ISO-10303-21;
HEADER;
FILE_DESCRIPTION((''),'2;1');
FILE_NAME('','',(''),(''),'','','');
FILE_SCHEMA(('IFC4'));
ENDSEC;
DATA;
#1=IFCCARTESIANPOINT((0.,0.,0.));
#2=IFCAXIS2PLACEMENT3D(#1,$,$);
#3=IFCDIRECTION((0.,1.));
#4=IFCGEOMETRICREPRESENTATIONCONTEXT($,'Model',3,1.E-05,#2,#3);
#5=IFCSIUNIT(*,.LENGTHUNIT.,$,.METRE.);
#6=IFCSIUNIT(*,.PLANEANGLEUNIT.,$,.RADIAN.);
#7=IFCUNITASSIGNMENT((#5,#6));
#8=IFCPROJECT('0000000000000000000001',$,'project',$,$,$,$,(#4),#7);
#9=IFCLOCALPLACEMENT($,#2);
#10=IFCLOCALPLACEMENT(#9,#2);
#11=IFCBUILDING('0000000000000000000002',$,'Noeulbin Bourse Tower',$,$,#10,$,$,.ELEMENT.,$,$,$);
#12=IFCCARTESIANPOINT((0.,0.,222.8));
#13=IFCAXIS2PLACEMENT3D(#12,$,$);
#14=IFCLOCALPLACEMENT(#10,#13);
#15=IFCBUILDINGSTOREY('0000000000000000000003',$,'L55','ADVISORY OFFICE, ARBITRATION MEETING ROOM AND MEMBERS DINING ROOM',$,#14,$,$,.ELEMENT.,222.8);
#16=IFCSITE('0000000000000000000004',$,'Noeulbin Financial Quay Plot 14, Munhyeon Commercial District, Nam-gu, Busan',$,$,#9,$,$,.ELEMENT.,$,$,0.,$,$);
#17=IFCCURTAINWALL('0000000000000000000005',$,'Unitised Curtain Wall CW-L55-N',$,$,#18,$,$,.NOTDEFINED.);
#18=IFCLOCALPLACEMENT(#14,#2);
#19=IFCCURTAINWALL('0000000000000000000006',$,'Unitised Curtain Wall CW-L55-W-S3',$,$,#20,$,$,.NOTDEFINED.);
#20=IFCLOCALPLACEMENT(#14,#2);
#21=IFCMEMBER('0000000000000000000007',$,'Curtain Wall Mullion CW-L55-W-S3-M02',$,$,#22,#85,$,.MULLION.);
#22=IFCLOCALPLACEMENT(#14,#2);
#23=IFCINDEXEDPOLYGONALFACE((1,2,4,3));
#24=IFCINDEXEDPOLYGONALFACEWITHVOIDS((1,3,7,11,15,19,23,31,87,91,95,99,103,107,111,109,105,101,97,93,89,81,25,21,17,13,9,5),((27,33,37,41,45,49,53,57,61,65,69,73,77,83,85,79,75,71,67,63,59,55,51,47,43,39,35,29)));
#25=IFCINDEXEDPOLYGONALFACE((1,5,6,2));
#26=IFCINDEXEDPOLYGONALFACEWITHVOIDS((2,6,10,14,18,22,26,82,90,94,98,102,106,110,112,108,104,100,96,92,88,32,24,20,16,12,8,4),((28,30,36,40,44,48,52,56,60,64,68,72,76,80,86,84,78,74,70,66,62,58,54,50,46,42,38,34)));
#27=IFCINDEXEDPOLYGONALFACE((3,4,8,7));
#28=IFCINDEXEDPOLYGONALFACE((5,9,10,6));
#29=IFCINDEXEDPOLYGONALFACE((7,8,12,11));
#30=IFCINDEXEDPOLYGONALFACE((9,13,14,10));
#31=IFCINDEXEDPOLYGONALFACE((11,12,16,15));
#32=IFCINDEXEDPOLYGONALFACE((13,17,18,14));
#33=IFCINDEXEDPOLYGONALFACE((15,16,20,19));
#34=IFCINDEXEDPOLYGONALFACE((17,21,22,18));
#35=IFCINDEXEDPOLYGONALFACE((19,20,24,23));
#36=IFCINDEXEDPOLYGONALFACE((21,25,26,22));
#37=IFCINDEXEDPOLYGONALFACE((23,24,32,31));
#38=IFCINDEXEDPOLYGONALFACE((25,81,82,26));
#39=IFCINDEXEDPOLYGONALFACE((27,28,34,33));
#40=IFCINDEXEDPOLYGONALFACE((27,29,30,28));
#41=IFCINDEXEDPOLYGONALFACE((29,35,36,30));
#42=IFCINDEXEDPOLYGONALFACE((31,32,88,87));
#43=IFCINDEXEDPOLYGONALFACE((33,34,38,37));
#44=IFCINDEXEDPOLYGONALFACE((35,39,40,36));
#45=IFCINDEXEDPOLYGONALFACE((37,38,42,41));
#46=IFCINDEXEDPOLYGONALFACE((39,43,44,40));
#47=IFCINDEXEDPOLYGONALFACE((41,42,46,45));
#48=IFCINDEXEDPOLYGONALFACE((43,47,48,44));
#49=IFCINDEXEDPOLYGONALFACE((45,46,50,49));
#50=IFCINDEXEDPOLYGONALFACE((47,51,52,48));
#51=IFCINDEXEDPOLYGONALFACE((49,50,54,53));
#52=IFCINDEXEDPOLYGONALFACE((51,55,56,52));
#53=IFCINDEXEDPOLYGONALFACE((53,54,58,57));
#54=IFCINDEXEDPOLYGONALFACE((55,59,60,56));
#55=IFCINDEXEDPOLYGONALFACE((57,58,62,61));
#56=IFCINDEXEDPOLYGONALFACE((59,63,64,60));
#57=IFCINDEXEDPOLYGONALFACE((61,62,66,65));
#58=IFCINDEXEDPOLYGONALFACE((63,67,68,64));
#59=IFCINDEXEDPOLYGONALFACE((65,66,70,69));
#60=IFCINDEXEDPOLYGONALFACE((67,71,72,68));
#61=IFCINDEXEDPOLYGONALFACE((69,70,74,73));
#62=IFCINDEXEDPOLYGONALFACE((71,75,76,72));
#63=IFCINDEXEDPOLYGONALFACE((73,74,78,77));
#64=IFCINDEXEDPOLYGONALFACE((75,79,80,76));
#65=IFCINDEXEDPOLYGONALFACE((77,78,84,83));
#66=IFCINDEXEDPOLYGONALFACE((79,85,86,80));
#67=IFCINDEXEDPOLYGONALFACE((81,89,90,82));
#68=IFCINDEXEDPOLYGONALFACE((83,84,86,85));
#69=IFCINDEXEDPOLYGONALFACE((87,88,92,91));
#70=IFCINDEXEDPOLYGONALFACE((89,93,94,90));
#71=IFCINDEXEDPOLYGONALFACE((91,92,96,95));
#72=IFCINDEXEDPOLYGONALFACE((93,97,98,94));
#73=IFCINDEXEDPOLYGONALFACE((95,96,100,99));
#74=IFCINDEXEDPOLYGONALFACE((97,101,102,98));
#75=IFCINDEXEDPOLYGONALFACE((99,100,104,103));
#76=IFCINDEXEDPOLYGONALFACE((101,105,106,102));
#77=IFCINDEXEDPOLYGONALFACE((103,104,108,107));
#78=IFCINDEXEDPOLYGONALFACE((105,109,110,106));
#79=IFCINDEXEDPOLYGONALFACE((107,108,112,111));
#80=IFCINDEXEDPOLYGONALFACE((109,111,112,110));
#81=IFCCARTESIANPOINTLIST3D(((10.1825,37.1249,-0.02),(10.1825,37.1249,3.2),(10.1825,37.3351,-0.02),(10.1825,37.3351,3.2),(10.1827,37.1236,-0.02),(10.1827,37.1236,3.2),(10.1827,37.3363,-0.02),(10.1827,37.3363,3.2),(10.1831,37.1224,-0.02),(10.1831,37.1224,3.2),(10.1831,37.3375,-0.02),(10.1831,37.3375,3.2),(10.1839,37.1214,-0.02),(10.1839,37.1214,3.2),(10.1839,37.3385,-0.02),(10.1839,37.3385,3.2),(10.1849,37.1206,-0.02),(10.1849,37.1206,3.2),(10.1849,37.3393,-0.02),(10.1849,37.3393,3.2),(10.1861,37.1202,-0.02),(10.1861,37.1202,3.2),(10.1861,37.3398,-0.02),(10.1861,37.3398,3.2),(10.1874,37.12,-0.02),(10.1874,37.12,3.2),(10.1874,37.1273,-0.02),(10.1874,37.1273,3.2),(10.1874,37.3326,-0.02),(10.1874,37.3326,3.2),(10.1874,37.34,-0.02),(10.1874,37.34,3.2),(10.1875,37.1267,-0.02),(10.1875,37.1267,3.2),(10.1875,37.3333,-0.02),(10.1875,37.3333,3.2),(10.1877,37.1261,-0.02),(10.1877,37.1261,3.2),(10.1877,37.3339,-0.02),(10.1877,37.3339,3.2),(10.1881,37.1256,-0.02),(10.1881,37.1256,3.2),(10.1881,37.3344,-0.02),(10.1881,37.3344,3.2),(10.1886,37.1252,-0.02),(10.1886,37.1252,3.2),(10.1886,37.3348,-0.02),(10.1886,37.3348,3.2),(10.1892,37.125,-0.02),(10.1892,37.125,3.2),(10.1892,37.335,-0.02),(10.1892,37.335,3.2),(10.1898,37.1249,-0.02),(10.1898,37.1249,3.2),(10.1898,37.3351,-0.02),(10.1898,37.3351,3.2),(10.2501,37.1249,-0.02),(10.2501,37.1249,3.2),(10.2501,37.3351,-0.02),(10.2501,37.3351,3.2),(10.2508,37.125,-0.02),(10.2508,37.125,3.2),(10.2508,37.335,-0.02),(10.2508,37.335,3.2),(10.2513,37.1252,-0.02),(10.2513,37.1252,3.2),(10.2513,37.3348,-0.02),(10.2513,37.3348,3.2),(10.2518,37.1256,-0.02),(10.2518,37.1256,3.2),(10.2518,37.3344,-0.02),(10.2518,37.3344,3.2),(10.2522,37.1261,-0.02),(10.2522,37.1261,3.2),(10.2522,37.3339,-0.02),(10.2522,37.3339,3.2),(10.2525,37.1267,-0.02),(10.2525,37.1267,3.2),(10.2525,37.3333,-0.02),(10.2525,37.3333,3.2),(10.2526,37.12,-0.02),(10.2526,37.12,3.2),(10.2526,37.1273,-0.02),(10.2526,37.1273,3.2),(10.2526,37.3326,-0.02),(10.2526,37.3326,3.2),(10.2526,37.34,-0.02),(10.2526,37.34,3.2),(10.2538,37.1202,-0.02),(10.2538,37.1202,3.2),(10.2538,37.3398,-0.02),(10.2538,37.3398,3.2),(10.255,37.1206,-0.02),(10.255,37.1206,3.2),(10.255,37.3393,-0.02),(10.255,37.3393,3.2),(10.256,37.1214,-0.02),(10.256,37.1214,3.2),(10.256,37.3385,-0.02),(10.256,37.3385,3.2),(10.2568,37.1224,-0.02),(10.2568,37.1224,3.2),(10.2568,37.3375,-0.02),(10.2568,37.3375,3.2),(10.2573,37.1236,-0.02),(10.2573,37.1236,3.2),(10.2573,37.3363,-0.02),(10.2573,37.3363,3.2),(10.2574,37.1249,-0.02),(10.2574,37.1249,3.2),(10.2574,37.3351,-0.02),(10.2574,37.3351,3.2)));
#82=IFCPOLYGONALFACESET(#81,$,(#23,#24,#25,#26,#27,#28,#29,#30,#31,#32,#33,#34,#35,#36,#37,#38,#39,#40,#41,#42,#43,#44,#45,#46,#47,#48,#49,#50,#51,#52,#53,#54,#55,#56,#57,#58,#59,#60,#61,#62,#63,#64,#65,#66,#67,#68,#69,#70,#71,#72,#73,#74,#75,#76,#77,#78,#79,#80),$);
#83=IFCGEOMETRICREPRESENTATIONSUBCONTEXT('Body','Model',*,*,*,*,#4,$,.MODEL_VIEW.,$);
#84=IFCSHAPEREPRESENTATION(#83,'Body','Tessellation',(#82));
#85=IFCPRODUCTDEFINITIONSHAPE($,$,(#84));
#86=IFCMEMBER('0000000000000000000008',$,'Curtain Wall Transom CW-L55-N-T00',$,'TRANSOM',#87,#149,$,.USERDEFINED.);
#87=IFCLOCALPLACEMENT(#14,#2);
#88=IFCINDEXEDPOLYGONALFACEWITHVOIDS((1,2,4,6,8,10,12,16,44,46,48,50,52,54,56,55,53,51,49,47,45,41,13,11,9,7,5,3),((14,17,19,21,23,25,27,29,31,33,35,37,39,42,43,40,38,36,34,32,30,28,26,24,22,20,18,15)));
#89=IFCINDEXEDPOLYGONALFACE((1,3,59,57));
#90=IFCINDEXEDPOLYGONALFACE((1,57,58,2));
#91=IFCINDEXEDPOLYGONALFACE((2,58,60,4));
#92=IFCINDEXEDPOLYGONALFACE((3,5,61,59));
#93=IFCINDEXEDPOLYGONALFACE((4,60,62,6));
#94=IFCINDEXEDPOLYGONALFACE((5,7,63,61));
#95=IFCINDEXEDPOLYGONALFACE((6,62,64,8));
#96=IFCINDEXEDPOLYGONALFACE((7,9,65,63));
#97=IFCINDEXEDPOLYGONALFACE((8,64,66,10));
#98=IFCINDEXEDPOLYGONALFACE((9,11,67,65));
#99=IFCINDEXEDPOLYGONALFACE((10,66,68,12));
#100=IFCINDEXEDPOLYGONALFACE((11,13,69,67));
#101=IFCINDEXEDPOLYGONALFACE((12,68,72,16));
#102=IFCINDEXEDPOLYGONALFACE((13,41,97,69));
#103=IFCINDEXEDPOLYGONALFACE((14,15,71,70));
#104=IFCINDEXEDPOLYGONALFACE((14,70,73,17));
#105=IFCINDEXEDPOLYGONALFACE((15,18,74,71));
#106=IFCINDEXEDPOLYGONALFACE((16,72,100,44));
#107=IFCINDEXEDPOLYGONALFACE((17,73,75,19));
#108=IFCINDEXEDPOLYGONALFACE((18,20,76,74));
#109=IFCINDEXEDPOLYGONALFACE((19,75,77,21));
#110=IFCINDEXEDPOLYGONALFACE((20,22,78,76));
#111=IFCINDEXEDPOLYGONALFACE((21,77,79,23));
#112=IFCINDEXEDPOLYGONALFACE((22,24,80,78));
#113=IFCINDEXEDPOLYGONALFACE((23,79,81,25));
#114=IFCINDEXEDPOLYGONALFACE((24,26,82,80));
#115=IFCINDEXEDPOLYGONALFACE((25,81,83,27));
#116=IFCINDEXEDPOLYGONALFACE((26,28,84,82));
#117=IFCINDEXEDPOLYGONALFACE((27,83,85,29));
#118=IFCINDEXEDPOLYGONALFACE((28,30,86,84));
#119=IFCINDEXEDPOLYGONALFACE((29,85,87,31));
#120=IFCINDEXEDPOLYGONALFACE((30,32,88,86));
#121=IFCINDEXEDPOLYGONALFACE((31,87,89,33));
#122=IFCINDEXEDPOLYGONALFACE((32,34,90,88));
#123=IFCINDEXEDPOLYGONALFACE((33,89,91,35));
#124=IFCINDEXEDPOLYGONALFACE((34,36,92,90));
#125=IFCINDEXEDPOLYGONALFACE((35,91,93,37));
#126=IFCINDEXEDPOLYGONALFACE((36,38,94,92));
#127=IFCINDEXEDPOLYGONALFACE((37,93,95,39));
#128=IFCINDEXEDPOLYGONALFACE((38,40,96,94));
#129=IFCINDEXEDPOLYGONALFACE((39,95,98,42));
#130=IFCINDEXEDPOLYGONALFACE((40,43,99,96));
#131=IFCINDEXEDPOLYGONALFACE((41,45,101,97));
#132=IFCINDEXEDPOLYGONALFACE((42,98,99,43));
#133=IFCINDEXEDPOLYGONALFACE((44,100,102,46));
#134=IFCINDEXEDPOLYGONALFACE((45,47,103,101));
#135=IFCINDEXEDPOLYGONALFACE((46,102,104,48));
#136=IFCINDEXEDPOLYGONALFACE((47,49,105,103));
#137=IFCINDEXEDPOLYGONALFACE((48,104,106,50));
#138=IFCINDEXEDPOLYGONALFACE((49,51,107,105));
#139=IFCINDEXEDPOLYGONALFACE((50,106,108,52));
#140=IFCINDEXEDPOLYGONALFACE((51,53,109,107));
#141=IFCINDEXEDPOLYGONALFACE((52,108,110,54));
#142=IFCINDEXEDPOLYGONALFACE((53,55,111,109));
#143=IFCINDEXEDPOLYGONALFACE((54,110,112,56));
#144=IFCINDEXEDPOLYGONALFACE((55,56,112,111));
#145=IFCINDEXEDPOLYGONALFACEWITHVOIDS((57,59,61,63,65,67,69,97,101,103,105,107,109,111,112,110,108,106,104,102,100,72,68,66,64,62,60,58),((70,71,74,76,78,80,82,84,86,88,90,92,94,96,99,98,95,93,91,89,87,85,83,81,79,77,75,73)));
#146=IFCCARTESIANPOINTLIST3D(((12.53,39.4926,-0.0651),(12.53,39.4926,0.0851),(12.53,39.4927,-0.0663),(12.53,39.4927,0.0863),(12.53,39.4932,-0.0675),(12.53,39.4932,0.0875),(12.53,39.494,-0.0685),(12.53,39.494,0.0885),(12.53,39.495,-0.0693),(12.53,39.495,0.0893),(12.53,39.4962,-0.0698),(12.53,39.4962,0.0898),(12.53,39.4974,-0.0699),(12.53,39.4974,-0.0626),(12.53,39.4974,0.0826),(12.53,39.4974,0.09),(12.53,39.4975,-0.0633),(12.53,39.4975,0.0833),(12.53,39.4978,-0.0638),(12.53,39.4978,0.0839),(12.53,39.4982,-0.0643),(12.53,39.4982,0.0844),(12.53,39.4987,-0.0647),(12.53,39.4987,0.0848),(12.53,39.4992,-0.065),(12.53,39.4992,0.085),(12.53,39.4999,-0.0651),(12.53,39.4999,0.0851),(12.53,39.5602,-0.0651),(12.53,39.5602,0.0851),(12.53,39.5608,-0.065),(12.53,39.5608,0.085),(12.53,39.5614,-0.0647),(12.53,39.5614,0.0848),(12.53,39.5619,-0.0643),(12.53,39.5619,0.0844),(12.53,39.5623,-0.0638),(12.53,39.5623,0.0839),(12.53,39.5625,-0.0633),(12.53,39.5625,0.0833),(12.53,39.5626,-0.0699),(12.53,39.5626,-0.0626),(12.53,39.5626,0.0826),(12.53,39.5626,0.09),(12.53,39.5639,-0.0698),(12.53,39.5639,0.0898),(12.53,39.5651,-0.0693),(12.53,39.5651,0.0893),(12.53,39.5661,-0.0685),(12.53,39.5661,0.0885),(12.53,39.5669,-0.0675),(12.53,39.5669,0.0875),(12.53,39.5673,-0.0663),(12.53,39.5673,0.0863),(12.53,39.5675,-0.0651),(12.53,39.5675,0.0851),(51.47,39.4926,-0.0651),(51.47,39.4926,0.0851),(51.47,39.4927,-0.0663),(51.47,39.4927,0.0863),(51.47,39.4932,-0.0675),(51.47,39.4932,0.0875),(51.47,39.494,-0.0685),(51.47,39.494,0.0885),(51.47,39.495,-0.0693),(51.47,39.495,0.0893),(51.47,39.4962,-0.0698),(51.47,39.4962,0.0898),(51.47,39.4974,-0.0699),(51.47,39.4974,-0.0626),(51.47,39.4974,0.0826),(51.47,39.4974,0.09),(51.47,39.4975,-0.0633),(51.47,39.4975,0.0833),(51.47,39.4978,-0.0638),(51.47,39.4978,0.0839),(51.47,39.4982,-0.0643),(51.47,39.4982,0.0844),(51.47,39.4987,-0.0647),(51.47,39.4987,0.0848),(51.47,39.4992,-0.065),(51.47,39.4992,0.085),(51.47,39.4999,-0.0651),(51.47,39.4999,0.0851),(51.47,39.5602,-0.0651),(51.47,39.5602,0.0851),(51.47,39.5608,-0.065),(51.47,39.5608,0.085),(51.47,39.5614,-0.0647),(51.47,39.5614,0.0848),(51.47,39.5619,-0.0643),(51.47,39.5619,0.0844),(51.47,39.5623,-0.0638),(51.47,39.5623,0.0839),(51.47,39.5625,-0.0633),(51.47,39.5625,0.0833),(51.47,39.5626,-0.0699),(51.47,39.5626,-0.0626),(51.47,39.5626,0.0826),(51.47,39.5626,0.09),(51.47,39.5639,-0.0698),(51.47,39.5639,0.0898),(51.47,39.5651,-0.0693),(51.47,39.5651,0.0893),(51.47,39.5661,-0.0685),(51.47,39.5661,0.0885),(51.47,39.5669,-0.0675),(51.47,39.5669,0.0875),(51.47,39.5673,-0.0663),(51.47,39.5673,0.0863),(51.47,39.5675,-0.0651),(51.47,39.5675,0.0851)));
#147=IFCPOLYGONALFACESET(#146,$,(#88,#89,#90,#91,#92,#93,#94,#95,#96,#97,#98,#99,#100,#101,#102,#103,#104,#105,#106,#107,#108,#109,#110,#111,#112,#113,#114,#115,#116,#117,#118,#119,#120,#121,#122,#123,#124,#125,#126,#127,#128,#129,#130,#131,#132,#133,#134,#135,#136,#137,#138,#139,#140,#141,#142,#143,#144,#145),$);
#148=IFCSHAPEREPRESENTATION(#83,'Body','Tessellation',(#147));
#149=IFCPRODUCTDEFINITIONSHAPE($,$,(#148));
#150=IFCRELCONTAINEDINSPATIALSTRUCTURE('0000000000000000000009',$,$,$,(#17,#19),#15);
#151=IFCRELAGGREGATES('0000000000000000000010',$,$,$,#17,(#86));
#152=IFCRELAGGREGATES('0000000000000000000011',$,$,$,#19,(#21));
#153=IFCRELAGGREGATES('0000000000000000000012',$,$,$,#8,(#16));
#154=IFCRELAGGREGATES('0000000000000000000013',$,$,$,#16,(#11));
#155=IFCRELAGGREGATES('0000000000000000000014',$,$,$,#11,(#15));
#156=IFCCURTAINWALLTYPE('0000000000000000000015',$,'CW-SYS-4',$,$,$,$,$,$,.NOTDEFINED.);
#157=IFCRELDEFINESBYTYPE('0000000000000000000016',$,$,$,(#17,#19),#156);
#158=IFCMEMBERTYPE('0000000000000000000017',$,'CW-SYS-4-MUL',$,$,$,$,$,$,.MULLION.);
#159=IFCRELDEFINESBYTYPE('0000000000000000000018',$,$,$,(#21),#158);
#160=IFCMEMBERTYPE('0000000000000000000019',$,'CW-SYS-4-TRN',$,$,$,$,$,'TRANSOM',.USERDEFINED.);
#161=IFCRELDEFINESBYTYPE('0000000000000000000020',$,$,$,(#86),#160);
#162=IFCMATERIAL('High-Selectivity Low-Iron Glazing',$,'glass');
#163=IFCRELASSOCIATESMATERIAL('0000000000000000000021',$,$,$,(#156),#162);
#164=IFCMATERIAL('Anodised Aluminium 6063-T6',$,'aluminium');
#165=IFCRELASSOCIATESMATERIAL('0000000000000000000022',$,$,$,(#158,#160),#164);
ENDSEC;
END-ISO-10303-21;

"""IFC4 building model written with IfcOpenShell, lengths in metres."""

from ifc_helpers import new_model, si_unit, direction, frame, origin, origin_2d, place, context, subcontext, project, spatial, hollow_rectangle, extrude, material, material_profile, profile_set, type_object, element, aggregate, save


model = new_model("IFC4")

# Units and contexts
model_context = context("Model", 3, precision=1e-05, world=origin(), true_north=direction((0.0, 1.0)))
body_context = subcontext(model_context, "Body", "Model", "MODEL_VIEW")
ifc_project = project(units=[si_unit("LENGTHUNIT", "METRE"), si_unit("PLANEANGLEUNIT", "RADIAN")], contexts=[model_context])

# Site, building, storey
site_placement = place(None, origin())
site = spatial("IfcSite", under=ifc_project, at=site_placement, Name="Noeulbin Financial Quay Plot 14, Munhyeon Commercial District, Nam-gu, Busan", CompositionType="ELEMENT", RefElevation=0.0)
building_placement = place(site_placement, origin())
building = spatial("IfcBuilding", under=site, at=building_placement, Name="Noeulbin Bourse Tower", CompositionType="ELEMENT")
storey_placement = place(building_placement, frame((0.0, 0.0, 222.8)))
storey = spatial("IfcBuildingStorey", under=building, at=storey_placement, Name="L55", Description="ADVISORY OFFICE, ARBITRATION MEETING ROOM AND MEMBERS DINING ROOM", CompositionType="ELEMENT", Elevation=222.8)

# Curtain wall
ifc_material_1 = material(Name="High-Selectivity Low-Iron Glazing", Category="glass")
curtain_wall_type = type_object("IfcCurtainWallType", Name="CW-SYS-4", PredefinedType="NOTDEFINED", material=ifc_material_1)
curtain_wall_1_placement = place(storey_placement, origin())
curtain_wall_1 = element("IfcCurtainWall", 1, at=curtain_wall_1_placement, inside=storey, type_object=curtain_wall_type, Name="Unitised Curtain Wall CW-L55-N", PredefinedType="NOTDEFINED")
ifc_material_2 = material(Name="Anodised Aluminium 6063-T6", Category="aluminium")
ifc_material_profile_1 = material_profile(ifc_material_2, hollow_rectangle(XDim=0.075, YDim=0.22, WallThickness=0.0049, InnerFilletRadius=0.0024, OuterFilletRadius=0.0049, at=origin_2d()), Name="ALU-MULL-75x220x5", Category="LoadBearing")
ifc_profile_set_1 = profile_set([ifc_material_profile_1], Name="Anodised Aluminium 6063-T6")
member_type_1 = type_object("IfcMemberType", Name="CW-SYS-4-MUL", PredefinedType="MULLION", material=ifc_profile_set_1)

# Curtain wall, member
curtain_wall_2_placement = place(storey_placement, origin())
curtain_wall_2 = element("IfcCurtainWall", 2, at=curtain_wall_2_placement, inside=storey, type_object=curtain_wall_type, Name="Unitised Curtain Wall CW-L55-W-S3", PredefinedType="NOTDEFINED")
member_1_placement = place(storey_placement, frame((10.22, 37.23, -0.02), z_axis=(0.0, 0.0, 1.0), x_axis=(1.0, 0.0, 0.0)))
member_1 = element("IfcMember", 3, at=member_1_placement, type_object=member_type_1, Name="Curtain Wall Mullion CW-L55-W-S3-M02", PredefinedType="MULLION", context=body_context, shape_type="SweptSolid", body=[
    extrude(hollow_rectangle(XDim=0.075, YDim=0.22, WallThickness=0.0049, InnerFilletRadius=0.0024, OuterFilletRadius=0.0049, at=origin_2d()), origin(), (0.0, 0.0, 1.0), 3.22),
])

# Member
ifc_material_profile_2 = material_profile(ifc_material_2, hollow_rectangle(XDim=0.075, YDim=0.1599, WallThickness=0.0049, InnerFilletRadius=0.0024, OuterFilletRadius=0.0049, at=origin_2d()), Name="ALU-TRAN-75x160x5", Category="LoadBearing")
ifc_profile_set_2 = profile_set([ifc_material_profile_2], Name="Anodised Aluminium 6063-T6")
member_type_2 = type_object("IfcMemberType", Name="CW-SYS-4-TRN", ElementType="TRANSOM", PredefinedType="USERDEFINED", material=ifc_profile_set_2)
member_2_placement = place(storey_placement, frame((12.53, 39.53, 0.01), z_axis=(1.0, 0.0, 0.0), x_axis=(0.0, 1.0, 0.0)))
member_2 = element("IfcMember", 4, at=member_2_placement, type_object=member_type_2, Name="Curtain Wall Transom CW-L55-N-T00", ObjectType="TRANSOM", PredefinedType="USERDEFINED", context=body_context, shape_type="SweptSolid", body=[
    extrude(hollow_rectangle(XDim=0.075, YDim=0.1599, WallThickness=0.0049, InnerFilletRadius=0.0024, OuterFilletRadius=0.0049, at=origin_2d()), origin(), (0.0, 0.0, 1.0), 38.9399),
])

aggregate(curtain_wall_1, [member_2])
aggregate(curtain_wall_2, [member_1])

save(model, "model.ifc")
